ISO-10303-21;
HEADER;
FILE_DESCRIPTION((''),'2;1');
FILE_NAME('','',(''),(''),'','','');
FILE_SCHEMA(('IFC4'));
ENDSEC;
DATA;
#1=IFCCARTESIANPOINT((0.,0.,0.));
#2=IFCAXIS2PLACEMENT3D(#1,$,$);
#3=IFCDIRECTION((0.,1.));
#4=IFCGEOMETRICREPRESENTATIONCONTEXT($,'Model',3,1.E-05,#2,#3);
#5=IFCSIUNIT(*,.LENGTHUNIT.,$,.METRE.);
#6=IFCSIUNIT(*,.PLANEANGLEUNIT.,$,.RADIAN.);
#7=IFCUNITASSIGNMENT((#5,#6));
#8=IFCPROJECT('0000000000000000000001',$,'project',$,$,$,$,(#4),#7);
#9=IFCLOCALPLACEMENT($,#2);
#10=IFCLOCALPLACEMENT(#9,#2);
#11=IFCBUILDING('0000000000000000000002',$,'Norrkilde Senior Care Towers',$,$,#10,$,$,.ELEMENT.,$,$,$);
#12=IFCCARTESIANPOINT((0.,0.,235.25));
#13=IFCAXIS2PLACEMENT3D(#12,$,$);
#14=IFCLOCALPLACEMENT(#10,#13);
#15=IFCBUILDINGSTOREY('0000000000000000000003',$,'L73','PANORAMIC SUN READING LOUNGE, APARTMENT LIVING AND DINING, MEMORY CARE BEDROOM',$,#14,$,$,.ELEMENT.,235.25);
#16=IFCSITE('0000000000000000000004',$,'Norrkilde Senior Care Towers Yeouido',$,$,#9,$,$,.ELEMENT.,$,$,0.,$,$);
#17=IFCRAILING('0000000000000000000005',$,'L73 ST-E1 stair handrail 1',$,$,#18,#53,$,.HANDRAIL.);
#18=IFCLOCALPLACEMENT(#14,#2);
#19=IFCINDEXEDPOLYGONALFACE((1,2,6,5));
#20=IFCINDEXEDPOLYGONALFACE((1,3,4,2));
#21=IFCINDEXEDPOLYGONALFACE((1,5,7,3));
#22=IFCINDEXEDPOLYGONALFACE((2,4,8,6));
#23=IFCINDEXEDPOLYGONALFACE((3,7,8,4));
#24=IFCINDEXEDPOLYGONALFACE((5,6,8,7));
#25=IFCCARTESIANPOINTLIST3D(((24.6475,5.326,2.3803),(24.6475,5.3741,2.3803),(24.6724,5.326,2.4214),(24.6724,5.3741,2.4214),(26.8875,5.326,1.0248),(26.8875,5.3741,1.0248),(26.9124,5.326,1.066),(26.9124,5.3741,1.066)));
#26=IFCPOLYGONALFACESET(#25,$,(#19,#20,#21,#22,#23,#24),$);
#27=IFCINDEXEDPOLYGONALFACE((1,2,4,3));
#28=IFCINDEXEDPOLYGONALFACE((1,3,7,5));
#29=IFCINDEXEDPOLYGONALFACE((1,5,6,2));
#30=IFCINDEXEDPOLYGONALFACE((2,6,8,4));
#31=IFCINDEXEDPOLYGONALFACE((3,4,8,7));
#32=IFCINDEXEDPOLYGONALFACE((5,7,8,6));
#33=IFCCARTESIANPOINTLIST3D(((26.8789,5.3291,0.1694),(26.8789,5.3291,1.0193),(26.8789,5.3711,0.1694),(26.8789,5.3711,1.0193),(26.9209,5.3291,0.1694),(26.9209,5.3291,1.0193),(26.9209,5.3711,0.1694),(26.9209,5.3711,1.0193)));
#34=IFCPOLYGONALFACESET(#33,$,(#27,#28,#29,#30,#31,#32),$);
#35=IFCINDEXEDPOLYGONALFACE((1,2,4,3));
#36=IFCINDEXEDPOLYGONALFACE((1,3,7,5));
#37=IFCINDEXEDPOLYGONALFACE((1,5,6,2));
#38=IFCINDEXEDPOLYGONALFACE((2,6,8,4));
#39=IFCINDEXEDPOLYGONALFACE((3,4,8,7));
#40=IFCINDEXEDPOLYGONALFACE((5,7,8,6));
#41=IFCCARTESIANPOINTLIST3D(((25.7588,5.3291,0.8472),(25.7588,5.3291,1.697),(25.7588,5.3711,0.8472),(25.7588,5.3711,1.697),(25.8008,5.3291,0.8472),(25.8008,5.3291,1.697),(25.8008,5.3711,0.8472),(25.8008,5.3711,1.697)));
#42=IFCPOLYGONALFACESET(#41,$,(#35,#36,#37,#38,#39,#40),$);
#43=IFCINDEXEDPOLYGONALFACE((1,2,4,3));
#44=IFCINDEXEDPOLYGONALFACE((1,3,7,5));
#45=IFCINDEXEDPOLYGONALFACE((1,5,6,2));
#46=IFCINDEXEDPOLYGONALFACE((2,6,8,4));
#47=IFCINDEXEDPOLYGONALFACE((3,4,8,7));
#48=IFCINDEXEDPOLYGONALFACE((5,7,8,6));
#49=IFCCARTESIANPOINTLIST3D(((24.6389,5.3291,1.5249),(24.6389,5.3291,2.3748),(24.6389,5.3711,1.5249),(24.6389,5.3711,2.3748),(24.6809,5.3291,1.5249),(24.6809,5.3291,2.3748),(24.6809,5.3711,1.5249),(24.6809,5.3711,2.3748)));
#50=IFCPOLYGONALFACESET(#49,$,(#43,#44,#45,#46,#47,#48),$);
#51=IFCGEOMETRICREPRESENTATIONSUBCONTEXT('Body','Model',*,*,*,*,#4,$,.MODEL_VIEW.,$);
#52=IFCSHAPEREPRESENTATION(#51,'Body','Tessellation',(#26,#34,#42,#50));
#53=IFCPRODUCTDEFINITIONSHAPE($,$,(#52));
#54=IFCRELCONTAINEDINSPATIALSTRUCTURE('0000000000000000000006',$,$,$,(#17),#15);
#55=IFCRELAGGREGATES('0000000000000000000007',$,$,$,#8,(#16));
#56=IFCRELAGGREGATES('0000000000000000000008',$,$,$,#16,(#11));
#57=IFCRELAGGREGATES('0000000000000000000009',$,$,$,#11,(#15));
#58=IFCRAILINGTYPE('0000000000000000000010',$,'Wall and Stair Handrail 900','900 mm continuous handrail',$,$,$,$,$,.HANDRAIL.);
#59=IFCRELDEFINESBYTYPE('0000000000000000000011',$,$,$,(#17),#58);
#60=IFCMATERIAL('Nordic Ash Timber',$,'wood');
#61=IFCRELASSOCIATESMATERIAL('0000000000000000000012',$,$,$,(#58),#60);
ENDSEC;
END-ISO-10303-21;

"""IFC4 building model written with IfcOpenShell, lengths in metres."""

from ifc_helpers import new_model, si_unit, direction, frame, origin, origin_2d, place, context, subcontext, project, spatial, rectangle, extrude, material, type_object, element, save


model = new_model("IFC4")

# Units and contexts
model_context = context("Model", 3, precision=1e-05, world=origin(), true_north=direction((0.0, 1.0)))
body_context = subcontext(model_context, "Body", "Model", "MODEL_VIEW")
ifc_project = project(units=[si_unit("LENGTHUNIT", "METRE"), si_unit("PLANEANGLEUNIT", "RADIAN")], contexts=[model_context])

# Site, building, storey
site_placement = place(None, origin())
site = spatial("IfcSite", under=ifc_project, at=site_placement, Name="Norrkilde Senior Care Towers Yeouido", CompositionType="ELEMENT", RefElevation=0.0)
building_placement = place(site_placement, origin())
building = spatial("IfcBuilding", under=site, at=building_placement, Name="Norrkilde Senior Care Towers", CompositionType="ELEMENT")
storey_placement = place(building_placement, frame((0.0, 0.0, 235.25)))
storey = spatial("IfcBuildingStorey", under=building, at=storey_placement, Name="L73", Description="PANORAMIC SUN READING LOUNGE, APARTMENT LIVING AND DINING, MEMORY CARE BEDROOM", CompositionType="ELEMENT", Elevation=235.25)

# Railing
ifc_material_1 = material(Name="Nordic Ash Timber", Category="wood")
railing_type_1 = type_object("IfcRailingType", Name="Wall and Stair Handrail 900", Description="900 mm continuous handrail", PredefinedType="HANDRAIL", material=ifc_material_1)
railing_1_placement = place(storey_placement, frame((26.8999, 5.3501, 0.1694)))
element("IfcRailing", 1, at=railing_1_placement, inside=storey, type_object=railing_type_1, Name="L73 ST-E1 stair handrail 1", PredefinedType="HANDRAIL", context=body_context, shape_type="SweptSolid", body=[
    extrude(rectangle(XDim=0.0481, YDim=0.0481, at=origin_2d()), frame((0.0, 0.0, 0.876), z_axis=(-0.855553, 0.0, 0.517715), x_axis=(0.0, -1.0, 0.0)), (0.0, 0.0, 1.0), 2.6182),
    extrude(rectangle(XDim=0.042, YDim=0.042, at=origin_2d()), origin(), (0.0, 0.0, 1.0), 0.8499),
    extrude(rectangle(XDim=0.042, YDim=0.042, at=origin_2d()), frame((-1.1201, 0.0, 0.6777)), (0.0, 0.0, 1.0), 0.8499),
    extrude(rectangle(XDim=0.042, YDim=0.042, at=origin_2d()), frame((-2.24, 0.0, 1.3555)), (0.0, 0.0, 1.0), 0.8499),
])

save(model, "model.ifc")
